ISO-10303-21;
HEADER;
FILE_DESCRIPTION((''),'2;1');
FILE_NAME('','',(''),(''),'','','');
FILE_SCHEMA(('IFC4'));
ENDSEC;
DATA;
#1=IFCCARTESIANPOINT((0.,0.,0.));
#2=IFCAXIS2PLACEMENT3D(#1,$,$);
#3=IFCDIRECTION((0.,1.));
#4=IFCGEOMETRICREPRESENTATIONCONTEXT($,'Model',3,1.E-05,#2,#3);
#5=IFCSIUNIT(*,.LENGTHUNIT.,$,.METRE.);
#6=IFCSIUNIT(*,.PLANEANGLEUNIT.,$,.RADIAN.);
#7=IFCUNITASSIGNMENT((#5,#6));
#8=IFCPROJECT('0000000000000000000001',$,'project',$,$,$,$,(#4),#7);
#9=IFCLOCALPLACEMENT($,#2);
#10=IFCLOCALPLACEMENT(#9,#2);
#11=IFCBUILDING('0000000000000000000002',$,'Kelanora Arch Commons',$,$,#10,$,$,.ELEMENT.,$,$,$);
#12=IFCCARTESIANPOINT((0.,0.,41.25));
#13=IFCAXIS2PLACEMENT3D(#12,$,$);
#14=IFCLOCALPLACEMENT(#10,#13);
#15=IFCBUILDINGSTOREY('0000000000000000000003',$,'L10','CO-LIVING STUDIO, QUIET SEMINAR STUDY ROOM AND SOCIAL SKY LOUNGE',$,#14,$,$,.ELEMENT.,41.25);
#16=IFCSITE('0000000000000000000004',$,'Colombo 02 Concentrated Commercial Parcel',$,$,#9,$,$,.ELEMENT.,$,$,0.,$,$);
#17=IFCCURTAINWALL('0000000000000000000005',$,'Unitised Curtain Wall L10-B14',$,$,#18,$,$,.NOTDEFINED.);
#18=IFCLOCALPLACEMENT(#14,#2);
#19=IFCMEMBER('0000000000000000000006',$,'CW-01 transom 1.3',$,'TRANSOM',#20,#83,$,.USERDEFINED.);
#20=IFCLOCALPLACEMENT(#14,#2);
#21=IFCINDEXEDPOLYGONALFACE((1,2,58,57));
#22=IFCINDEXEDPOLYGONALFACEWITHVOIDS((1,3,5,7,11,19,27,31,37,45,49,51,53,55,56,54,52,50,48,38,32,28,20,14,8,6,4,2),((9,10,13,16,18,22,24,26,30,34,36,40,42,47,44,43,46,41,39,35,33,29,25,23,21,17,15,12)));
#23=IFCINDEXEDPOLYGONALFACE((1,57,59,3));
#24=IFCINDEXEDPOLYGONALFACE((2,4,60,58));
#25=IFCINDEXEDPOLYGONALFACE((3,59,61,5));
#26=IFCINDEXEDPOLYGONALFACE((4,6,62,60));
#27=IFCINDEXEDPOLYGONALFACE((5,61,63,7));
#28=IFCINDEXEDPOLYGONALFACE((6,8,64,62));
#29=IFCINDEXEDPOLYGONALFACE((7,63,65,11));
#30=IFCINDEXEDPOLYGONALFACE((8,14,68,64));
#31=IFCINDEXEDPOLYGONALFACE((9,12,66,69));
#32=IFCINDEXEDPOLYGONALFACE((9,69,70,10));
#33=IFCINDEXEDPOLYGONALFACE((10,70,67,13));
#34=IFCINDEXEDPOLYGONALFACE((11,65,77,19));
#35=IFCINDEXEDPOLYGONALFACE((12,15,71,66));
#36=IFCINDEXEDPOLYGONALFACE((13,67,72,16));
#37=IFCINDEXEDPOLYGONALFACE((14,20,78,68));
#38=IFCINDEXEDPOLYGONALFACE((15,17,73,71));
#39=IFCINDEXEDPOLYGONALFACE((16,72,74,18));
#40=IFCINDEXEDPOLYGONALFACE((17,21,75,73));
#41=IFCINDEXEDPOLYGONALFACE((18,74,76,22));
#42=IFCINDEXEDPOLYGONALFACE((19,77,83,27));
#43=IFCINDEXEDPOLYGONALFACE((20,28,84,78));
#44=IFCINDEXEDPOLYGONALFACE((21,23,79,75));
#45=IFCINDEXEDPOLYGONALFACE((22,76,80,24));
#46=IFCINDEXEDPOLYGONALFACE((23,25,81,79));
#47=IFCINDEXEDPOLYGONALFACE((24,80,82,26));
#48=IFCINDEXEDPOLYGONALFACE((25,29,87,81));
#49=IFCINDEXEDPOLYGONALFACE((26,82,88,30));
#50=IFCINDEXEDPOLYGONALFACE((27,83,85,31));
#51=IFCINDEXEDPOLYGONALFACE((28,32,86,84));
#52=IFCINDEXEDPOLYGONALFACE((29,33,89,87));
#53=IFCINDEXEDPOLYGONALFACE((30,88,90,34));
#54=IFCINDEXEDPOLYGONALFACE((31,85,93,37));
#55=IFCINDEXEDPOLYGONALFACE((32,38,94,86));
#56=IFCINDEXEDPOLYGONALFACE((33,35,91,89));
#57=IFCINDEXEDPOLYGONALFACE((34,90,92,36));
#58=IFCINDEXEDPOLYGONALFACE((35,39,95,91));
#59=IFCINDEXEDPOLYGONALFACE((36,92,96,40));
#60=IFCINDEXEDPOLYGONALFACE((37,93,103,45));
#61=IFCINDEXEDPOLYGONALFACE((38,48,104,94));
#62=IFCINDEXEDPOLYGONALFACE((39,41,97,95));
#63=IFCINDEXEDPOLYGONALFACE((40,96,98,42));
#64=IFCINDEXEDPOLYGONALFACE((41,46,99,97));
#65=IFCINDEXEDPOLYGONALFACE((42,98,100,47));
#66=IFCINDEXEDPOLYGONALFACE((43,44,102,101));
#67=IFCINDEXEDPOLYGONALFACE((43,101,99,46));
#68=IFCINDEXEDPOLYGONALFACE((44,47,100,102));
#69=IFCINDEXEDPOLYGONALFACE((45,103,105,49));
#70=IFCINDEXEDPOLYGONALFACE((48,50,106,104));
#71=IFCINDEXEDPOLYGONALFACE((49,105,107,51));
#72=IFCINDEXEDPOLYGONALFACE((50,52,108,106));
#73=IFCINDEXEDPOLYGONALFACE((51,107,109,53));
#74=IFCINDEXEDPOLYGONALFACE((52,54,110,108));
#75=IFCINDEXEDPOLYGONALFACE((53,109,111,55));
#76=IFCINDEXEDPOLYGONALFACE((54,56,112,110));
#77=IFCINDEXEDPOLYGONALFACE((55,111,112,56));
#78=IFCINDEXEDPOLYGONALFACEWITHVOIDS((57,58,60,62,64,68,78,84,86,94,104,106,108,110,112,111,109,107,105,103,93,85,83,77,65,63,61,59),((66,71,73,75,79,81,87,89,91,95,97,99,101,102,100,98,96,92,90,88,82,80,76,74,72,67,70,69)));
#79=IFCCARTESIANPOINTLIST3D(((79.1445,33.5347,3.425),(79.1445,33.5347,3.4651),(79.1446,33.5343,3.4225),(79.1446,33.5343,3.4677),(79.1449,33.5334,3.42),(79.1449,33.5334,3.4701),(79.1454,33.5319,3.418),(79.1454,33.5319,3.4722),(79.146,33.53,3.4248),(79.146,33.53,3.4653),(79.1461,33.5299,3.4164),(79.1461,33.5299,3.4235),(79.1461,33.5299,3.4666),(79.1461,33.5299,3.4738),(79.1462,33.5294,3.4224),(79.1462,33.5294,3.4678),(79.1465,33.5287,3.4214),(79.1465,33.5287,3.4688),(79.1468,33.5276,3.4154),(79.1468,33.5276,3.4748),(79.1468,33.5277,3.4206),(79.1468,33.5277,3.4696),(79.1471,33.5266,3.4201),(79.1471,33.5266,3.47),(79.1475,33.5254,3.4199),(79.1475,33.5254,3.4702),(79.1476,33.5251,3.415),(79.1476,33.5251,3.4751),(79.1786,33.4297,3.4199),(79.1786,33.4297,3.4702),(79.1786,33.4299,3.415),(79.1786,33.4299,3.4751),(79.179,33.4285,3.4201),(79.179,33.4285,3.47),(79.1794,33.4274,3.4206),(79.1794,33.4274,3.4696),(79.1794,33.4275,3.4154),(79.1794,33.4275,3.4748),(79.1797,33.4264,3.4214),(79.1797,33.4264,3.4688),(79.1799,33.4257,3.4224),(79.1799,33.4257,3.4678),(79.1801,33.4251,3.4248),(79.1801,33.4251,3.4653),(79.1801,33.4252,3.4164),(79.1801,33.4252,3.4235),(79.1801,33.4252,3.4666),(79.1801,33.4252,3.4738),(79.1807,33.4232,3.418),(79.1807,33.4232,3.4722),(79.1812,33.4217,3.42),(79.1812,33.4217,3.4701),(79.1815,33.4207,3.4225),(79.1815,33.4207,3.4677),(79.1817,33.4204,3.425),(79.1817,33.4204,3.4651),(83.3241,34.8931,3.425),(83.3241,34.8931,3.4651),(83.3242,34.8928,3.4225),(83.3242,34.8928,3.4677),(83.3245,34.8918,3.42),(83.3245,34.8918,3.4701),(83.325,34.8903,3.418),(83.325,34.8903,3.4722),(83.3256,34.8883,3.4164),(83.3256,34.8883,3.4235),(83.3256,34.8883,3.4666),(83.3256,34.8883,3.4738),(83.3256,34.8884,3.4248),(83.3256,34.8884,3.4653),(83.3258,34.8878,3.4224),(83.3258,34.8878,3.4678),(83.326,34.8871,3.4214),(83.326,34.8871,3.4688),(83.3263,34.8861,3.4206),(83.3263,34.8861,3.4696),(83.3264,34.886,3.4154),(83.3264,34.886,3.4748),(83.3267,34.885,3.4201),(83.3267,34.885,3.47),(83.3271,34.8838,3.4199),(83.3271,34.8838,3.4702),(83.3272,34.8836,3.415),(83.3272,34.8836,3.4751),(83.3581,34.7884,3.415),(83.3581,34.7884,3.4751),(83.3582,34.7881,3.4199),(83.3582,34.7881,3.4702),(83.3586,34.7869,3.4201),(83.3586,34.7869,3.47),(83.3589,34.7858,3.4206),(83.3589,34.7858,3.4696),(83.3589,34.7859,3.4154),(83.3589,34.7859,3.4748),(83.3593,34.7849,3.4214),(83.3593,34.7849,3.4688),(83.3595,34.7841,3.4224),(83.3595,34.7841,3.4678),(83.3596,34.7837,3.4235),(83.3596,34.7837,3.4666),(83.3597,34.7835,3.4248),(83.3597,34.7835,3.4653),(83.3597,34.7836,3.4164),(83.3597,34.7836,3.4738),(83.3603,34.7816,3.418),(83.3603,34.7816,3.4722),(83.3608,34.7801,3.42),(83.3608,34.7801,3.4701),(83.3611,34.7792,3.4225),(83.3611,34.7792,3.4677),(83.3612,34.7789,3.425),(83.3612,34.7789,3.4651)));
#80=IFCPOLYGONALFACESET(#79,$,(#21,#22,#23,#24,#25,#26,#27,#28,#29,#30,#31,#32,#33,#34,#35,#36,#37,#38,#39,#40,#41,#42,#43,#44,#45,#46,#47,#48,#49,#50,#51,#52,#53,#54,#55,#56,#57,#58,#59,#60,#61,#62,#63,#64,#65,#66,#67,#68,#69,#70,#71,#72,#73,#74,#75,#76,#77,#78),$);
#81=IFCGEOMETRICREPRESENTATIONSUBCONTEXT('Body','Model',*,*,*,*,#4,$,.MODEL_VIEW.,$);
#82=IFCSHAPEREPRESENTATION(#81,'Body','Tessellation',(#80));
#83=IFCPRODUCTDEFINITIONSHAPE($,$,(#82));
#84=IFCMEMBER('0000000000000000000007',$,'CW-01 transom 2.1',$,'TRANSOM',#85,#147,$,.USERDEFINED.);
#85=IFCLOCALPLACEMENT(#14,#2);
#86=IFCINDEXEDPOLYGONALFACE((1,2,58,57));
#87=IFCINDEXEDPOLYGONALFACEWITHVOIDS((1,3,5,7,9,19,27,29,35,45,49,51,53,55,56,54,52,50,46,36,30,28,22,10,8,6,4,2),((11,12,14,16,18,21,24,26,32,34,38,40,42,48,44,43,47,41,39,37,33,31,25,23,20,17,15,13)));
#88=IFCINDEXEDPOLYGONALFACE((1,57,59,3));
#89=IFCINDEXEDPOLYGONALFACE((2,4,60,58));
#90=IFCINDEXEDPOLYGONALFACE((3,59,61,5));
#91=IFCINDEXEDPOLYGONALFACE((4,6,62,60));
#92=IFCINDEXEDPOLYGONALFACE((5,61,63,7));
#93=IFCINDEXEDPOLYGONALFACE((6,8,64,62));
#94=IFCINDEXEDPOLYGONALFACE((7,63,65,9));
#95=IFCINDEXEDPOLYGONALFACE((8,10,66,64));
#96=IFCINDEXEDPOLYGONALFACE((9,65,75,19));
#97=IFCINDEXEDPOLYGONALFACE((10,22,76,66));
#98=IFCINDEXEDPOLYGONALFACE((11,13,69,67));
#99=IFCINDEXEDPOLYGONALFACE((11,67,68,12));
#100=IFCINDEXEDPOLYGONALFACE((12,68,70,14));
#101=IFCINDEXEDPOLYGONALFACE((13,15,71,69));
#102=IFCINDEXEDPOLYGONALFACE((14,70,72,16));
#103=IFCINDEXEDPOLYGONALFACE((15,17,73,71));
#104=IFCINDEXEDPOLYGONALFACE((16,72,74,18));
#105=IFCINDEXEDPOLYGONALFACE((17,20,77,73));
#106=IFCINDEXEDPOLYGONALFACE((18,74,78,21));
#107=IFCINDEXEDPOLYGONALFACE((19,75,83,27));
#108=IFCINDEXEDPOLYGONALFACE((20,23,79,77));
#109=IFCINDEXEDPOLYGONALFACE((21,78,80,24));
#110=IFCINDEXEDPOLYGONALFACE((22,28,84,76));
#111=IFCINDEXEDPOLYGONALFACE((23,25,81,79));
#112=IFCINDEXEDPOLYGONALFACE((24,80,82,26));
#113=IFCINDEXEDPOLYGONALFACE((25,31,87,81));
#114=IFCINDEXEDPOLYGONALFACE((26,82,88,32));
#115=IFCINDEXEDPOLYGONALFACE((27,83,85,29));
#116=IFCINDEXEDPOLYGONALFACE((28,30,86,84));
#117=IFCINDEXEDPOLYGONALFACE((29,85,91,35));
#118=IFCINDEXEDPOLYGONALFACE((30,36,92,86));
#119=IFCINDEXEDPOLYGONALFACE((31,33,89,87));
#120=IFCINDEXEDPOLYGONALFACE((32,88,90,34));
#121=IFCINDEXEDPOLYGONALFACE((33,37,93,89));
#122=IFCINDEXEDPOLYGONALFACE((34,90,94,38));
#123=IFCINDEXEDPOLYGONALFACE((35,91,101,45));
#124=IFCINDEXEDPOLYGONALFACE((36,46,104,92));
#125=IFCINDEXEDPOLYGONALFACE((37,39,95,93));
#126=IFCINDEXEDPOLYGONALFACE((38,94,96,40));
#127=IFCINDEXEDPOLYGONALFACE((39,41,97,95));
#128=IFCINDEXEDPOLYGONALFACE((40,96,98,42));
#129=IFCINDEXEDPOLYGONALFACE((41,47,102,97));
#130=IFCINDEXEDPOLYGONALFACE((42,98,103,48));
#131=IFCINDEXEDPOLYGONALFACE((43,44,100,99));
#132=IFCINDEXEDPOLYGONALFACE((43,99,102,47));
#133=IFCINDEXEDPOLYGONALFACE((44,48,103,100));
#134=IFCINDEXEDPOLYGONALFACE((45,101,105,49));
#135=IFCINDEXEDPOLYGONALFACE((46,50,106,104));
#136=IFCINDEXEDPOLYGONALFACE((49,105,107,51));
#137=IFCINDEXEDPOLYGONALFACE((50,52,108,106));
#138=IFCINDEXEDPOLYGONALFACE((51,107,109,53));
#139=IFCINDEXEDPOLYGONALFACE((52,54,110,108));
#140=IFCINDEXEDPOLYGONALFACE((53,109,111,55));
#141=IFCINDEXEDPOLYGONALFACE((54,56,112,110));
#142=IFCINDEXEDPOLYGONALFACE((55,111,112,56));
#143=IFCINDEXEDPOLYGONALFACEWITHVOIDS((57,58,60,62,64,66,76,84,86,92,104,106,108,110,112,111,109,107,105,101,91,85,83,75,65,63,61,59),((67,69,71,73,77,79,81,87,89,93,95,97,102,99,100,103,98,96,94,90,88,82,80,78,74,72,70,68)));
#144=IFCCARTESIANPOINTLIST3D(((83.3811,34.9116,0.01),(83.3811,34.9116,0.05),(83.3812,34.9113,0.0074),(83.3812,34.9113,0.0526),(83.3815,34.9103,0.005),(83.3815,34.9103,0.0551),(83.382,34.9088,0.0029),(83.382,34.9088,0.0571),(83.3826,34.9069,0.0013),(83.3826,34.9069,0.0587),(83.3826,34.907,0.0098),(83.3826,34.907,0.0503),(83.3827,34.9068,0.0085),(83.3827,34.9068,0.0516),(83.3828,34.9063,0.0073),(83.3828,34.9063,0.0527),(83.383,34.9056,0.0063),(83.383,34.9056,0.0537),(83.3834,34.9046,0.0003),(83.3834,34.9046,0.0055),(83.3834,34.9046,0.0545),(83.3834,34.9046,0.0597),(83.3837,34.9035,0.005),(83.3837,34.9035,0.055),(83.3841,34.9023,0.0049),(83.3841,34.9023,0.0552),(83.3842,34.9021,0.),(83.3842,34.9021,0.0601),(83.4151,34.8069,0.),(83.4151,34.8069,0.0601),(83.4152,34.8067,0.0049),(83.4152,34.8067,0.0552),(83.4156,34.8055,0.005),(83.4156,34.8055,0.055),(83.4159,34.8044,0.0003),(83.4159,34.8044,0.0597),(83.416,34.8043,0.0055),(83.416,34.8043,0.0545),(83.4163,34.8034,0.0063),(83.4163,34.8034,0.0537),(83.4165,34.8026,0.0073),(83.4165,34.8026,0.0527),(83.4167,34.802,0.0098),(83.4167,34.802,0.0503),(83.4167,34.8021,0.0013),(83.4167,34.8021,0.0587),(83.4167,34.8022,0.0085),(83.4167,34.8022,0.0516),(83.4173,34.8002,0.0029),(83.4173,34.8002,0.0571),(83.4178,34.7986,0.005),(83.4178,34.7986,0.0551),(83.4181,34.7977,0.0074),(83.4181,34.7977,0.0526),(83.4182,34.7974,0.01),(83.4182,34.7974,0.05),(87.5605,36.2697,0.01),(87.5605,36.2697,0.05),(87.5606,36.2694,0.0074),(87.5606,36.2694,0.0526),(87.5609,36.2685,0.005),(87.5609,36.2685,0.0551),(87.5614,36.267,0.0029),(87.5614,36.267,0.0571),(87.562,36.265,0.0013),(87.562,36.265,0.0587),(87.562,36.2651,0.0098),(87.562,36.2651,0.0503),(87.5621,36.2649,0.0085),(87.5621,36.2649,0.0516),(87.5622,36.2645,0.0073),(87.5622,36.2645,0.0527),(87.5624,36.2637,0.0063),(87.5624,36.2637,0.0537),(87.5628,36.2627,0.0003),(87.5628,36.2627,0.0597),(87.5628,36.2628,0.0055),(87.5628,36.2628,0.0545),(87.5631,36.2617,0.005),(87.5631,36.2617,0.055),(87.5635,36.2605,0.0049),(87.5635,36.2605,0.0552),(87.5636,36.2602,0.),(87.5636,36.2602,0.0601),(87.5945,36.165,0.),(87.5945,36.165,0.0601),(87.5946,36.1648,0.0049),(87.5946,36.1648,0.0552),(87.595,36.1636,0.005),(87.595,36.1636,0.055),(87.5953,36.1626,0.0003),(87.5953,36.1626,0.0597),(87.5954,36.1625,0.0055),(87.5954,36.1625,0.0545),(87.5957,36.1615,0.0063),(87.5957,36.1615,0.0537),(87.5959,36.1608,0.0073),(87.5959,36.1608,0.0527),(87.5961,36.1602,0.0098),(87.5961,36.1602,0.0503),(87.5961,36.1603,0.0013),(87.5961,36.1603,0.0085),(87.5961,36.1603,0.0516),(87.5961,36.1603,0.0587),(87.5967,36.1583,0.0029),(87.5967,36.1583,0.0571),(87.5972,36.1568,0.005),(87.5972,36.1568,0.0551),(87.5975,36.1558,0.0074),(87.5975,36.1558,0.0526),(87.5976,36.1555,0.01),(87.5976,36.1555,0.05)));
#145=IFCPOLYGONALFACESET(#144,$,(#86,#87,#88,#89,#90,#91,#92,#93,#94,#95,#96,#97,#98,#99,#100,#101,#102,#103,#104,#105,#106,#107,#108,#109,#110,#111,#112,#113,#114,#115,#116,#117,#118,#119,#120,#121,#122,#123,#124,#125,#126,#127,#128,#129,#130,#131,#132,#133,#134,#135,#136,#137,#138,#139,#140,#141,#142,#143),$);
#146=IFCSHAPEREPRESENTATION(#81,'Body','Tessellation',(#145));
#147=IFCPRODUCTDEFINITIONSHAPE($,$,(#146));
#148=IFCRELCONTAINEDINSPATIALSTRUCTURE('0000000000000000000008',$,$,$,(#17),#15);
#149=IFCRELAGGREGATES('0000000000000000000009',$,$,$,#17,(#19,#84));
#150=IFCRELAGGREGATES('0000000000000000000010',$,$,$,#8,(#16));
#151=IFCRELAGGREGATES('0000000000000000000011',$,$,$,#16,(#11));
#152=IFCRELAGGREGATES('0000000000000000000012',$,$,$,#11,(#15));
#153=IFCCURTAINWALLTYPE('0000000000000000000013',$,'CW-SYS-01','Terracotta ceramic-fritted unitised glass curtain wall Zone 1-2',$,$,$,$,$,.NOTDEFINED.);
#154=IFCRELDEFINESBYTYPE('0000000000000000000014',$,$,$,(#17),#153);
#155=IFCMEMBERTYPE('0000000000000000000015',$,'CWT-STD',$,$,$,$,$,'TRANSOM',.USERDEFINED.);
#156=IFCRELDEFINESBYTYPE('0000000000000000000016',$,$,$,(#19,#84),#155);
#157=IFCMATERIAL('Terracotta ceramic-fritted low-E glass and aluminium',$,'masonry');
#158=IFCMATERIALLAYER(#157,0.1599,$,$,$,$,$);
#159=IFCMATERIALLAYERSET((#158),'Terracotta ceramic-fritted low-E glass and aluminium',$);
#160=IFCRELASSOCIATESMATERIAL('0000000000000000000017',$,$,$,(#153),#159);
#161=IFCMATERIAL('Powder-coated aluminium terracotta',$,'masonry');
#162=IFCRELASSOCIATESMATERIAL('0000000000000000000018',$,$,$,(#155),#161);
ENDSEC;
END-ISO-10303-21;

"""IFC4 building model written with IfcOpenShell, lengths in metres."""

from ifc_helpers import new_model, si_unit, direction, frame, origin, origin_2d, place, context, subcontext, project, spatial, hollow_rectangle, extrude, material, layer, layer_set, material_profile, profile_set, type_object, element, aggregate, save


model = new_model("IFC4")

# Units and contexts
model_context = context("Model", 3, precision=1e-05, world=origin(), true_north=direction((0.0, 1.0)))
body_context = subcontext(model_context, "Body", "Model", "MODEL_VIEW")
ifc_project = project(units=[si_unit("LENGTHUNIT", "METRE"), si_unit("PLANEANGLEUNIT", "RADIAN")], contexts=[model_context])

# Site, building, storey
site_placement = place(None, origin())
site = spatial("IfcSite", under=ifc_project, at=site_placement, Name="Colombo 02 Concentrated Commercial Parcel", CompositionType="ELEMENT", RefElevation=0.0)
building_placement = place(site_placement, origin())
building = spatial("IfcBuilding", under=site, at=building_placement, Name="Kelanora Arch Commons", CompositionType="ELEMENT")
storey_placement = place(building_placement, frame((0.0, 0.0, 41.25)))
storey = spatial("IfcBuildingStorey", under=building, at=storey_placement, Name="L10", Description="CO-LIVING STUDIO, QUIET SEMINAR STUDY ROOM AND SOCIAL SKY LOUNGE", CompositionType="ELEMENT", Elevation=41.25)

# Curtain wall, members
ifc_material_1 = material(Name="Terracotta ceramic-fritted low-E glass and aluminium", Category="masonry")
ifc_layer_1 = layer(ifc_material_1, 0.1599)
ifc_layer_set_1 = layer_set([ifc_layer_1], Name="Terracotta ceramic-fritted low-E glass and aluminium")
curtain_wall_type = type_object("IfcCurtainWallType", Name="CW-SYS-01", Description="Terracotta ceramic-fritted unitised glass curtain wall Zone 1-2", PredefinedType="NOTDEFINED", material=ifc_layer_set_1)
curtain_wall_placement = place(storey_placement, origin())
curtain_wall = element("IfcCurtainWall", 1, at=curtain_wall_placement, inside=storey, type_object=curtain_wall_type, Name="Unitised Curtain Wall L10-B14", PredefinedType="NOTDEFINED")
ifc_material_2 = material(Name="Powder-coated aluminium terracotta", Category="masonry")
ifc_material_profile_1 = material_profile(ifc_material_2, hollow_rectangle(XDim=0.1201, YDim=0.0601, WallThickness=0.0049, InnerFilletRadius=0.0049, OuterFilletRadius=0.01, at=origin_2d()), Name="CWT120x60")
ifc_profile_set_1 = profile_set([ifc_material_profile_1], Name="Powder-coated aluminium terracotta")
member_type_1 = type_object("IfcMemberType", Name="CWT-STD", ElementType="TRANSOM", PredefinedType="USERDEFINED", material=ifc_profile_set_1)
member_1_placement = place(storey_placement, frame((79.1631, 33.4775, 3.4451), z_axis=(0.951029, 0.309102, 0.0), x_axis=(-0.309102, 0.951029, 0.0)))
member_1 = element("IfcMember", 2, at=member_1_placement, type_object=member_type_1, Name="CW-01 transom 1.3", ObjectType="TRANSOM", PredefinedType="USERDEFINED", context=body_context, shape_type="SweptSolid", body=[
    extrude(hollow_rectangle(XDim=0.1201, YDim=0.0601, WallThickness=0.0049, InnerFilletRadius=0.0049, OuterFilletRadius=0.01, at=origin_2d()), origin(), (0.0, 0.0, 1.0), 4.3948),
])
member_2_placement = place(storey_placement, frame((83.3997, 34.8545, 0.03), z_axis=(0.951045, 0.309052, 0.0), x_axis=(-0.309052, 0.951045, 0.0)))
member_2 = element("IfcMember", 3, at=member_2_placement, type_object=member_type_1, Name="CW-01 transom 2.1", ObjectType="TRANSOM", PredefinedType="USERDEFINED", context=body_context, shape_type="SweptSolid", body=[
    extrude(hollow_rectangle(XDim=0.1201, YDim=0.0601, WallThickness=0.0049, InnerFilletRadius=0.0049, OuterFilletRadius=0.01, at=origin_2d()), origin(), (0.0, 0.0, 1.0), 4.3945),
])
aggregate(curtain_wall, [member_1, member_2])

save(model, "model.ifc")
